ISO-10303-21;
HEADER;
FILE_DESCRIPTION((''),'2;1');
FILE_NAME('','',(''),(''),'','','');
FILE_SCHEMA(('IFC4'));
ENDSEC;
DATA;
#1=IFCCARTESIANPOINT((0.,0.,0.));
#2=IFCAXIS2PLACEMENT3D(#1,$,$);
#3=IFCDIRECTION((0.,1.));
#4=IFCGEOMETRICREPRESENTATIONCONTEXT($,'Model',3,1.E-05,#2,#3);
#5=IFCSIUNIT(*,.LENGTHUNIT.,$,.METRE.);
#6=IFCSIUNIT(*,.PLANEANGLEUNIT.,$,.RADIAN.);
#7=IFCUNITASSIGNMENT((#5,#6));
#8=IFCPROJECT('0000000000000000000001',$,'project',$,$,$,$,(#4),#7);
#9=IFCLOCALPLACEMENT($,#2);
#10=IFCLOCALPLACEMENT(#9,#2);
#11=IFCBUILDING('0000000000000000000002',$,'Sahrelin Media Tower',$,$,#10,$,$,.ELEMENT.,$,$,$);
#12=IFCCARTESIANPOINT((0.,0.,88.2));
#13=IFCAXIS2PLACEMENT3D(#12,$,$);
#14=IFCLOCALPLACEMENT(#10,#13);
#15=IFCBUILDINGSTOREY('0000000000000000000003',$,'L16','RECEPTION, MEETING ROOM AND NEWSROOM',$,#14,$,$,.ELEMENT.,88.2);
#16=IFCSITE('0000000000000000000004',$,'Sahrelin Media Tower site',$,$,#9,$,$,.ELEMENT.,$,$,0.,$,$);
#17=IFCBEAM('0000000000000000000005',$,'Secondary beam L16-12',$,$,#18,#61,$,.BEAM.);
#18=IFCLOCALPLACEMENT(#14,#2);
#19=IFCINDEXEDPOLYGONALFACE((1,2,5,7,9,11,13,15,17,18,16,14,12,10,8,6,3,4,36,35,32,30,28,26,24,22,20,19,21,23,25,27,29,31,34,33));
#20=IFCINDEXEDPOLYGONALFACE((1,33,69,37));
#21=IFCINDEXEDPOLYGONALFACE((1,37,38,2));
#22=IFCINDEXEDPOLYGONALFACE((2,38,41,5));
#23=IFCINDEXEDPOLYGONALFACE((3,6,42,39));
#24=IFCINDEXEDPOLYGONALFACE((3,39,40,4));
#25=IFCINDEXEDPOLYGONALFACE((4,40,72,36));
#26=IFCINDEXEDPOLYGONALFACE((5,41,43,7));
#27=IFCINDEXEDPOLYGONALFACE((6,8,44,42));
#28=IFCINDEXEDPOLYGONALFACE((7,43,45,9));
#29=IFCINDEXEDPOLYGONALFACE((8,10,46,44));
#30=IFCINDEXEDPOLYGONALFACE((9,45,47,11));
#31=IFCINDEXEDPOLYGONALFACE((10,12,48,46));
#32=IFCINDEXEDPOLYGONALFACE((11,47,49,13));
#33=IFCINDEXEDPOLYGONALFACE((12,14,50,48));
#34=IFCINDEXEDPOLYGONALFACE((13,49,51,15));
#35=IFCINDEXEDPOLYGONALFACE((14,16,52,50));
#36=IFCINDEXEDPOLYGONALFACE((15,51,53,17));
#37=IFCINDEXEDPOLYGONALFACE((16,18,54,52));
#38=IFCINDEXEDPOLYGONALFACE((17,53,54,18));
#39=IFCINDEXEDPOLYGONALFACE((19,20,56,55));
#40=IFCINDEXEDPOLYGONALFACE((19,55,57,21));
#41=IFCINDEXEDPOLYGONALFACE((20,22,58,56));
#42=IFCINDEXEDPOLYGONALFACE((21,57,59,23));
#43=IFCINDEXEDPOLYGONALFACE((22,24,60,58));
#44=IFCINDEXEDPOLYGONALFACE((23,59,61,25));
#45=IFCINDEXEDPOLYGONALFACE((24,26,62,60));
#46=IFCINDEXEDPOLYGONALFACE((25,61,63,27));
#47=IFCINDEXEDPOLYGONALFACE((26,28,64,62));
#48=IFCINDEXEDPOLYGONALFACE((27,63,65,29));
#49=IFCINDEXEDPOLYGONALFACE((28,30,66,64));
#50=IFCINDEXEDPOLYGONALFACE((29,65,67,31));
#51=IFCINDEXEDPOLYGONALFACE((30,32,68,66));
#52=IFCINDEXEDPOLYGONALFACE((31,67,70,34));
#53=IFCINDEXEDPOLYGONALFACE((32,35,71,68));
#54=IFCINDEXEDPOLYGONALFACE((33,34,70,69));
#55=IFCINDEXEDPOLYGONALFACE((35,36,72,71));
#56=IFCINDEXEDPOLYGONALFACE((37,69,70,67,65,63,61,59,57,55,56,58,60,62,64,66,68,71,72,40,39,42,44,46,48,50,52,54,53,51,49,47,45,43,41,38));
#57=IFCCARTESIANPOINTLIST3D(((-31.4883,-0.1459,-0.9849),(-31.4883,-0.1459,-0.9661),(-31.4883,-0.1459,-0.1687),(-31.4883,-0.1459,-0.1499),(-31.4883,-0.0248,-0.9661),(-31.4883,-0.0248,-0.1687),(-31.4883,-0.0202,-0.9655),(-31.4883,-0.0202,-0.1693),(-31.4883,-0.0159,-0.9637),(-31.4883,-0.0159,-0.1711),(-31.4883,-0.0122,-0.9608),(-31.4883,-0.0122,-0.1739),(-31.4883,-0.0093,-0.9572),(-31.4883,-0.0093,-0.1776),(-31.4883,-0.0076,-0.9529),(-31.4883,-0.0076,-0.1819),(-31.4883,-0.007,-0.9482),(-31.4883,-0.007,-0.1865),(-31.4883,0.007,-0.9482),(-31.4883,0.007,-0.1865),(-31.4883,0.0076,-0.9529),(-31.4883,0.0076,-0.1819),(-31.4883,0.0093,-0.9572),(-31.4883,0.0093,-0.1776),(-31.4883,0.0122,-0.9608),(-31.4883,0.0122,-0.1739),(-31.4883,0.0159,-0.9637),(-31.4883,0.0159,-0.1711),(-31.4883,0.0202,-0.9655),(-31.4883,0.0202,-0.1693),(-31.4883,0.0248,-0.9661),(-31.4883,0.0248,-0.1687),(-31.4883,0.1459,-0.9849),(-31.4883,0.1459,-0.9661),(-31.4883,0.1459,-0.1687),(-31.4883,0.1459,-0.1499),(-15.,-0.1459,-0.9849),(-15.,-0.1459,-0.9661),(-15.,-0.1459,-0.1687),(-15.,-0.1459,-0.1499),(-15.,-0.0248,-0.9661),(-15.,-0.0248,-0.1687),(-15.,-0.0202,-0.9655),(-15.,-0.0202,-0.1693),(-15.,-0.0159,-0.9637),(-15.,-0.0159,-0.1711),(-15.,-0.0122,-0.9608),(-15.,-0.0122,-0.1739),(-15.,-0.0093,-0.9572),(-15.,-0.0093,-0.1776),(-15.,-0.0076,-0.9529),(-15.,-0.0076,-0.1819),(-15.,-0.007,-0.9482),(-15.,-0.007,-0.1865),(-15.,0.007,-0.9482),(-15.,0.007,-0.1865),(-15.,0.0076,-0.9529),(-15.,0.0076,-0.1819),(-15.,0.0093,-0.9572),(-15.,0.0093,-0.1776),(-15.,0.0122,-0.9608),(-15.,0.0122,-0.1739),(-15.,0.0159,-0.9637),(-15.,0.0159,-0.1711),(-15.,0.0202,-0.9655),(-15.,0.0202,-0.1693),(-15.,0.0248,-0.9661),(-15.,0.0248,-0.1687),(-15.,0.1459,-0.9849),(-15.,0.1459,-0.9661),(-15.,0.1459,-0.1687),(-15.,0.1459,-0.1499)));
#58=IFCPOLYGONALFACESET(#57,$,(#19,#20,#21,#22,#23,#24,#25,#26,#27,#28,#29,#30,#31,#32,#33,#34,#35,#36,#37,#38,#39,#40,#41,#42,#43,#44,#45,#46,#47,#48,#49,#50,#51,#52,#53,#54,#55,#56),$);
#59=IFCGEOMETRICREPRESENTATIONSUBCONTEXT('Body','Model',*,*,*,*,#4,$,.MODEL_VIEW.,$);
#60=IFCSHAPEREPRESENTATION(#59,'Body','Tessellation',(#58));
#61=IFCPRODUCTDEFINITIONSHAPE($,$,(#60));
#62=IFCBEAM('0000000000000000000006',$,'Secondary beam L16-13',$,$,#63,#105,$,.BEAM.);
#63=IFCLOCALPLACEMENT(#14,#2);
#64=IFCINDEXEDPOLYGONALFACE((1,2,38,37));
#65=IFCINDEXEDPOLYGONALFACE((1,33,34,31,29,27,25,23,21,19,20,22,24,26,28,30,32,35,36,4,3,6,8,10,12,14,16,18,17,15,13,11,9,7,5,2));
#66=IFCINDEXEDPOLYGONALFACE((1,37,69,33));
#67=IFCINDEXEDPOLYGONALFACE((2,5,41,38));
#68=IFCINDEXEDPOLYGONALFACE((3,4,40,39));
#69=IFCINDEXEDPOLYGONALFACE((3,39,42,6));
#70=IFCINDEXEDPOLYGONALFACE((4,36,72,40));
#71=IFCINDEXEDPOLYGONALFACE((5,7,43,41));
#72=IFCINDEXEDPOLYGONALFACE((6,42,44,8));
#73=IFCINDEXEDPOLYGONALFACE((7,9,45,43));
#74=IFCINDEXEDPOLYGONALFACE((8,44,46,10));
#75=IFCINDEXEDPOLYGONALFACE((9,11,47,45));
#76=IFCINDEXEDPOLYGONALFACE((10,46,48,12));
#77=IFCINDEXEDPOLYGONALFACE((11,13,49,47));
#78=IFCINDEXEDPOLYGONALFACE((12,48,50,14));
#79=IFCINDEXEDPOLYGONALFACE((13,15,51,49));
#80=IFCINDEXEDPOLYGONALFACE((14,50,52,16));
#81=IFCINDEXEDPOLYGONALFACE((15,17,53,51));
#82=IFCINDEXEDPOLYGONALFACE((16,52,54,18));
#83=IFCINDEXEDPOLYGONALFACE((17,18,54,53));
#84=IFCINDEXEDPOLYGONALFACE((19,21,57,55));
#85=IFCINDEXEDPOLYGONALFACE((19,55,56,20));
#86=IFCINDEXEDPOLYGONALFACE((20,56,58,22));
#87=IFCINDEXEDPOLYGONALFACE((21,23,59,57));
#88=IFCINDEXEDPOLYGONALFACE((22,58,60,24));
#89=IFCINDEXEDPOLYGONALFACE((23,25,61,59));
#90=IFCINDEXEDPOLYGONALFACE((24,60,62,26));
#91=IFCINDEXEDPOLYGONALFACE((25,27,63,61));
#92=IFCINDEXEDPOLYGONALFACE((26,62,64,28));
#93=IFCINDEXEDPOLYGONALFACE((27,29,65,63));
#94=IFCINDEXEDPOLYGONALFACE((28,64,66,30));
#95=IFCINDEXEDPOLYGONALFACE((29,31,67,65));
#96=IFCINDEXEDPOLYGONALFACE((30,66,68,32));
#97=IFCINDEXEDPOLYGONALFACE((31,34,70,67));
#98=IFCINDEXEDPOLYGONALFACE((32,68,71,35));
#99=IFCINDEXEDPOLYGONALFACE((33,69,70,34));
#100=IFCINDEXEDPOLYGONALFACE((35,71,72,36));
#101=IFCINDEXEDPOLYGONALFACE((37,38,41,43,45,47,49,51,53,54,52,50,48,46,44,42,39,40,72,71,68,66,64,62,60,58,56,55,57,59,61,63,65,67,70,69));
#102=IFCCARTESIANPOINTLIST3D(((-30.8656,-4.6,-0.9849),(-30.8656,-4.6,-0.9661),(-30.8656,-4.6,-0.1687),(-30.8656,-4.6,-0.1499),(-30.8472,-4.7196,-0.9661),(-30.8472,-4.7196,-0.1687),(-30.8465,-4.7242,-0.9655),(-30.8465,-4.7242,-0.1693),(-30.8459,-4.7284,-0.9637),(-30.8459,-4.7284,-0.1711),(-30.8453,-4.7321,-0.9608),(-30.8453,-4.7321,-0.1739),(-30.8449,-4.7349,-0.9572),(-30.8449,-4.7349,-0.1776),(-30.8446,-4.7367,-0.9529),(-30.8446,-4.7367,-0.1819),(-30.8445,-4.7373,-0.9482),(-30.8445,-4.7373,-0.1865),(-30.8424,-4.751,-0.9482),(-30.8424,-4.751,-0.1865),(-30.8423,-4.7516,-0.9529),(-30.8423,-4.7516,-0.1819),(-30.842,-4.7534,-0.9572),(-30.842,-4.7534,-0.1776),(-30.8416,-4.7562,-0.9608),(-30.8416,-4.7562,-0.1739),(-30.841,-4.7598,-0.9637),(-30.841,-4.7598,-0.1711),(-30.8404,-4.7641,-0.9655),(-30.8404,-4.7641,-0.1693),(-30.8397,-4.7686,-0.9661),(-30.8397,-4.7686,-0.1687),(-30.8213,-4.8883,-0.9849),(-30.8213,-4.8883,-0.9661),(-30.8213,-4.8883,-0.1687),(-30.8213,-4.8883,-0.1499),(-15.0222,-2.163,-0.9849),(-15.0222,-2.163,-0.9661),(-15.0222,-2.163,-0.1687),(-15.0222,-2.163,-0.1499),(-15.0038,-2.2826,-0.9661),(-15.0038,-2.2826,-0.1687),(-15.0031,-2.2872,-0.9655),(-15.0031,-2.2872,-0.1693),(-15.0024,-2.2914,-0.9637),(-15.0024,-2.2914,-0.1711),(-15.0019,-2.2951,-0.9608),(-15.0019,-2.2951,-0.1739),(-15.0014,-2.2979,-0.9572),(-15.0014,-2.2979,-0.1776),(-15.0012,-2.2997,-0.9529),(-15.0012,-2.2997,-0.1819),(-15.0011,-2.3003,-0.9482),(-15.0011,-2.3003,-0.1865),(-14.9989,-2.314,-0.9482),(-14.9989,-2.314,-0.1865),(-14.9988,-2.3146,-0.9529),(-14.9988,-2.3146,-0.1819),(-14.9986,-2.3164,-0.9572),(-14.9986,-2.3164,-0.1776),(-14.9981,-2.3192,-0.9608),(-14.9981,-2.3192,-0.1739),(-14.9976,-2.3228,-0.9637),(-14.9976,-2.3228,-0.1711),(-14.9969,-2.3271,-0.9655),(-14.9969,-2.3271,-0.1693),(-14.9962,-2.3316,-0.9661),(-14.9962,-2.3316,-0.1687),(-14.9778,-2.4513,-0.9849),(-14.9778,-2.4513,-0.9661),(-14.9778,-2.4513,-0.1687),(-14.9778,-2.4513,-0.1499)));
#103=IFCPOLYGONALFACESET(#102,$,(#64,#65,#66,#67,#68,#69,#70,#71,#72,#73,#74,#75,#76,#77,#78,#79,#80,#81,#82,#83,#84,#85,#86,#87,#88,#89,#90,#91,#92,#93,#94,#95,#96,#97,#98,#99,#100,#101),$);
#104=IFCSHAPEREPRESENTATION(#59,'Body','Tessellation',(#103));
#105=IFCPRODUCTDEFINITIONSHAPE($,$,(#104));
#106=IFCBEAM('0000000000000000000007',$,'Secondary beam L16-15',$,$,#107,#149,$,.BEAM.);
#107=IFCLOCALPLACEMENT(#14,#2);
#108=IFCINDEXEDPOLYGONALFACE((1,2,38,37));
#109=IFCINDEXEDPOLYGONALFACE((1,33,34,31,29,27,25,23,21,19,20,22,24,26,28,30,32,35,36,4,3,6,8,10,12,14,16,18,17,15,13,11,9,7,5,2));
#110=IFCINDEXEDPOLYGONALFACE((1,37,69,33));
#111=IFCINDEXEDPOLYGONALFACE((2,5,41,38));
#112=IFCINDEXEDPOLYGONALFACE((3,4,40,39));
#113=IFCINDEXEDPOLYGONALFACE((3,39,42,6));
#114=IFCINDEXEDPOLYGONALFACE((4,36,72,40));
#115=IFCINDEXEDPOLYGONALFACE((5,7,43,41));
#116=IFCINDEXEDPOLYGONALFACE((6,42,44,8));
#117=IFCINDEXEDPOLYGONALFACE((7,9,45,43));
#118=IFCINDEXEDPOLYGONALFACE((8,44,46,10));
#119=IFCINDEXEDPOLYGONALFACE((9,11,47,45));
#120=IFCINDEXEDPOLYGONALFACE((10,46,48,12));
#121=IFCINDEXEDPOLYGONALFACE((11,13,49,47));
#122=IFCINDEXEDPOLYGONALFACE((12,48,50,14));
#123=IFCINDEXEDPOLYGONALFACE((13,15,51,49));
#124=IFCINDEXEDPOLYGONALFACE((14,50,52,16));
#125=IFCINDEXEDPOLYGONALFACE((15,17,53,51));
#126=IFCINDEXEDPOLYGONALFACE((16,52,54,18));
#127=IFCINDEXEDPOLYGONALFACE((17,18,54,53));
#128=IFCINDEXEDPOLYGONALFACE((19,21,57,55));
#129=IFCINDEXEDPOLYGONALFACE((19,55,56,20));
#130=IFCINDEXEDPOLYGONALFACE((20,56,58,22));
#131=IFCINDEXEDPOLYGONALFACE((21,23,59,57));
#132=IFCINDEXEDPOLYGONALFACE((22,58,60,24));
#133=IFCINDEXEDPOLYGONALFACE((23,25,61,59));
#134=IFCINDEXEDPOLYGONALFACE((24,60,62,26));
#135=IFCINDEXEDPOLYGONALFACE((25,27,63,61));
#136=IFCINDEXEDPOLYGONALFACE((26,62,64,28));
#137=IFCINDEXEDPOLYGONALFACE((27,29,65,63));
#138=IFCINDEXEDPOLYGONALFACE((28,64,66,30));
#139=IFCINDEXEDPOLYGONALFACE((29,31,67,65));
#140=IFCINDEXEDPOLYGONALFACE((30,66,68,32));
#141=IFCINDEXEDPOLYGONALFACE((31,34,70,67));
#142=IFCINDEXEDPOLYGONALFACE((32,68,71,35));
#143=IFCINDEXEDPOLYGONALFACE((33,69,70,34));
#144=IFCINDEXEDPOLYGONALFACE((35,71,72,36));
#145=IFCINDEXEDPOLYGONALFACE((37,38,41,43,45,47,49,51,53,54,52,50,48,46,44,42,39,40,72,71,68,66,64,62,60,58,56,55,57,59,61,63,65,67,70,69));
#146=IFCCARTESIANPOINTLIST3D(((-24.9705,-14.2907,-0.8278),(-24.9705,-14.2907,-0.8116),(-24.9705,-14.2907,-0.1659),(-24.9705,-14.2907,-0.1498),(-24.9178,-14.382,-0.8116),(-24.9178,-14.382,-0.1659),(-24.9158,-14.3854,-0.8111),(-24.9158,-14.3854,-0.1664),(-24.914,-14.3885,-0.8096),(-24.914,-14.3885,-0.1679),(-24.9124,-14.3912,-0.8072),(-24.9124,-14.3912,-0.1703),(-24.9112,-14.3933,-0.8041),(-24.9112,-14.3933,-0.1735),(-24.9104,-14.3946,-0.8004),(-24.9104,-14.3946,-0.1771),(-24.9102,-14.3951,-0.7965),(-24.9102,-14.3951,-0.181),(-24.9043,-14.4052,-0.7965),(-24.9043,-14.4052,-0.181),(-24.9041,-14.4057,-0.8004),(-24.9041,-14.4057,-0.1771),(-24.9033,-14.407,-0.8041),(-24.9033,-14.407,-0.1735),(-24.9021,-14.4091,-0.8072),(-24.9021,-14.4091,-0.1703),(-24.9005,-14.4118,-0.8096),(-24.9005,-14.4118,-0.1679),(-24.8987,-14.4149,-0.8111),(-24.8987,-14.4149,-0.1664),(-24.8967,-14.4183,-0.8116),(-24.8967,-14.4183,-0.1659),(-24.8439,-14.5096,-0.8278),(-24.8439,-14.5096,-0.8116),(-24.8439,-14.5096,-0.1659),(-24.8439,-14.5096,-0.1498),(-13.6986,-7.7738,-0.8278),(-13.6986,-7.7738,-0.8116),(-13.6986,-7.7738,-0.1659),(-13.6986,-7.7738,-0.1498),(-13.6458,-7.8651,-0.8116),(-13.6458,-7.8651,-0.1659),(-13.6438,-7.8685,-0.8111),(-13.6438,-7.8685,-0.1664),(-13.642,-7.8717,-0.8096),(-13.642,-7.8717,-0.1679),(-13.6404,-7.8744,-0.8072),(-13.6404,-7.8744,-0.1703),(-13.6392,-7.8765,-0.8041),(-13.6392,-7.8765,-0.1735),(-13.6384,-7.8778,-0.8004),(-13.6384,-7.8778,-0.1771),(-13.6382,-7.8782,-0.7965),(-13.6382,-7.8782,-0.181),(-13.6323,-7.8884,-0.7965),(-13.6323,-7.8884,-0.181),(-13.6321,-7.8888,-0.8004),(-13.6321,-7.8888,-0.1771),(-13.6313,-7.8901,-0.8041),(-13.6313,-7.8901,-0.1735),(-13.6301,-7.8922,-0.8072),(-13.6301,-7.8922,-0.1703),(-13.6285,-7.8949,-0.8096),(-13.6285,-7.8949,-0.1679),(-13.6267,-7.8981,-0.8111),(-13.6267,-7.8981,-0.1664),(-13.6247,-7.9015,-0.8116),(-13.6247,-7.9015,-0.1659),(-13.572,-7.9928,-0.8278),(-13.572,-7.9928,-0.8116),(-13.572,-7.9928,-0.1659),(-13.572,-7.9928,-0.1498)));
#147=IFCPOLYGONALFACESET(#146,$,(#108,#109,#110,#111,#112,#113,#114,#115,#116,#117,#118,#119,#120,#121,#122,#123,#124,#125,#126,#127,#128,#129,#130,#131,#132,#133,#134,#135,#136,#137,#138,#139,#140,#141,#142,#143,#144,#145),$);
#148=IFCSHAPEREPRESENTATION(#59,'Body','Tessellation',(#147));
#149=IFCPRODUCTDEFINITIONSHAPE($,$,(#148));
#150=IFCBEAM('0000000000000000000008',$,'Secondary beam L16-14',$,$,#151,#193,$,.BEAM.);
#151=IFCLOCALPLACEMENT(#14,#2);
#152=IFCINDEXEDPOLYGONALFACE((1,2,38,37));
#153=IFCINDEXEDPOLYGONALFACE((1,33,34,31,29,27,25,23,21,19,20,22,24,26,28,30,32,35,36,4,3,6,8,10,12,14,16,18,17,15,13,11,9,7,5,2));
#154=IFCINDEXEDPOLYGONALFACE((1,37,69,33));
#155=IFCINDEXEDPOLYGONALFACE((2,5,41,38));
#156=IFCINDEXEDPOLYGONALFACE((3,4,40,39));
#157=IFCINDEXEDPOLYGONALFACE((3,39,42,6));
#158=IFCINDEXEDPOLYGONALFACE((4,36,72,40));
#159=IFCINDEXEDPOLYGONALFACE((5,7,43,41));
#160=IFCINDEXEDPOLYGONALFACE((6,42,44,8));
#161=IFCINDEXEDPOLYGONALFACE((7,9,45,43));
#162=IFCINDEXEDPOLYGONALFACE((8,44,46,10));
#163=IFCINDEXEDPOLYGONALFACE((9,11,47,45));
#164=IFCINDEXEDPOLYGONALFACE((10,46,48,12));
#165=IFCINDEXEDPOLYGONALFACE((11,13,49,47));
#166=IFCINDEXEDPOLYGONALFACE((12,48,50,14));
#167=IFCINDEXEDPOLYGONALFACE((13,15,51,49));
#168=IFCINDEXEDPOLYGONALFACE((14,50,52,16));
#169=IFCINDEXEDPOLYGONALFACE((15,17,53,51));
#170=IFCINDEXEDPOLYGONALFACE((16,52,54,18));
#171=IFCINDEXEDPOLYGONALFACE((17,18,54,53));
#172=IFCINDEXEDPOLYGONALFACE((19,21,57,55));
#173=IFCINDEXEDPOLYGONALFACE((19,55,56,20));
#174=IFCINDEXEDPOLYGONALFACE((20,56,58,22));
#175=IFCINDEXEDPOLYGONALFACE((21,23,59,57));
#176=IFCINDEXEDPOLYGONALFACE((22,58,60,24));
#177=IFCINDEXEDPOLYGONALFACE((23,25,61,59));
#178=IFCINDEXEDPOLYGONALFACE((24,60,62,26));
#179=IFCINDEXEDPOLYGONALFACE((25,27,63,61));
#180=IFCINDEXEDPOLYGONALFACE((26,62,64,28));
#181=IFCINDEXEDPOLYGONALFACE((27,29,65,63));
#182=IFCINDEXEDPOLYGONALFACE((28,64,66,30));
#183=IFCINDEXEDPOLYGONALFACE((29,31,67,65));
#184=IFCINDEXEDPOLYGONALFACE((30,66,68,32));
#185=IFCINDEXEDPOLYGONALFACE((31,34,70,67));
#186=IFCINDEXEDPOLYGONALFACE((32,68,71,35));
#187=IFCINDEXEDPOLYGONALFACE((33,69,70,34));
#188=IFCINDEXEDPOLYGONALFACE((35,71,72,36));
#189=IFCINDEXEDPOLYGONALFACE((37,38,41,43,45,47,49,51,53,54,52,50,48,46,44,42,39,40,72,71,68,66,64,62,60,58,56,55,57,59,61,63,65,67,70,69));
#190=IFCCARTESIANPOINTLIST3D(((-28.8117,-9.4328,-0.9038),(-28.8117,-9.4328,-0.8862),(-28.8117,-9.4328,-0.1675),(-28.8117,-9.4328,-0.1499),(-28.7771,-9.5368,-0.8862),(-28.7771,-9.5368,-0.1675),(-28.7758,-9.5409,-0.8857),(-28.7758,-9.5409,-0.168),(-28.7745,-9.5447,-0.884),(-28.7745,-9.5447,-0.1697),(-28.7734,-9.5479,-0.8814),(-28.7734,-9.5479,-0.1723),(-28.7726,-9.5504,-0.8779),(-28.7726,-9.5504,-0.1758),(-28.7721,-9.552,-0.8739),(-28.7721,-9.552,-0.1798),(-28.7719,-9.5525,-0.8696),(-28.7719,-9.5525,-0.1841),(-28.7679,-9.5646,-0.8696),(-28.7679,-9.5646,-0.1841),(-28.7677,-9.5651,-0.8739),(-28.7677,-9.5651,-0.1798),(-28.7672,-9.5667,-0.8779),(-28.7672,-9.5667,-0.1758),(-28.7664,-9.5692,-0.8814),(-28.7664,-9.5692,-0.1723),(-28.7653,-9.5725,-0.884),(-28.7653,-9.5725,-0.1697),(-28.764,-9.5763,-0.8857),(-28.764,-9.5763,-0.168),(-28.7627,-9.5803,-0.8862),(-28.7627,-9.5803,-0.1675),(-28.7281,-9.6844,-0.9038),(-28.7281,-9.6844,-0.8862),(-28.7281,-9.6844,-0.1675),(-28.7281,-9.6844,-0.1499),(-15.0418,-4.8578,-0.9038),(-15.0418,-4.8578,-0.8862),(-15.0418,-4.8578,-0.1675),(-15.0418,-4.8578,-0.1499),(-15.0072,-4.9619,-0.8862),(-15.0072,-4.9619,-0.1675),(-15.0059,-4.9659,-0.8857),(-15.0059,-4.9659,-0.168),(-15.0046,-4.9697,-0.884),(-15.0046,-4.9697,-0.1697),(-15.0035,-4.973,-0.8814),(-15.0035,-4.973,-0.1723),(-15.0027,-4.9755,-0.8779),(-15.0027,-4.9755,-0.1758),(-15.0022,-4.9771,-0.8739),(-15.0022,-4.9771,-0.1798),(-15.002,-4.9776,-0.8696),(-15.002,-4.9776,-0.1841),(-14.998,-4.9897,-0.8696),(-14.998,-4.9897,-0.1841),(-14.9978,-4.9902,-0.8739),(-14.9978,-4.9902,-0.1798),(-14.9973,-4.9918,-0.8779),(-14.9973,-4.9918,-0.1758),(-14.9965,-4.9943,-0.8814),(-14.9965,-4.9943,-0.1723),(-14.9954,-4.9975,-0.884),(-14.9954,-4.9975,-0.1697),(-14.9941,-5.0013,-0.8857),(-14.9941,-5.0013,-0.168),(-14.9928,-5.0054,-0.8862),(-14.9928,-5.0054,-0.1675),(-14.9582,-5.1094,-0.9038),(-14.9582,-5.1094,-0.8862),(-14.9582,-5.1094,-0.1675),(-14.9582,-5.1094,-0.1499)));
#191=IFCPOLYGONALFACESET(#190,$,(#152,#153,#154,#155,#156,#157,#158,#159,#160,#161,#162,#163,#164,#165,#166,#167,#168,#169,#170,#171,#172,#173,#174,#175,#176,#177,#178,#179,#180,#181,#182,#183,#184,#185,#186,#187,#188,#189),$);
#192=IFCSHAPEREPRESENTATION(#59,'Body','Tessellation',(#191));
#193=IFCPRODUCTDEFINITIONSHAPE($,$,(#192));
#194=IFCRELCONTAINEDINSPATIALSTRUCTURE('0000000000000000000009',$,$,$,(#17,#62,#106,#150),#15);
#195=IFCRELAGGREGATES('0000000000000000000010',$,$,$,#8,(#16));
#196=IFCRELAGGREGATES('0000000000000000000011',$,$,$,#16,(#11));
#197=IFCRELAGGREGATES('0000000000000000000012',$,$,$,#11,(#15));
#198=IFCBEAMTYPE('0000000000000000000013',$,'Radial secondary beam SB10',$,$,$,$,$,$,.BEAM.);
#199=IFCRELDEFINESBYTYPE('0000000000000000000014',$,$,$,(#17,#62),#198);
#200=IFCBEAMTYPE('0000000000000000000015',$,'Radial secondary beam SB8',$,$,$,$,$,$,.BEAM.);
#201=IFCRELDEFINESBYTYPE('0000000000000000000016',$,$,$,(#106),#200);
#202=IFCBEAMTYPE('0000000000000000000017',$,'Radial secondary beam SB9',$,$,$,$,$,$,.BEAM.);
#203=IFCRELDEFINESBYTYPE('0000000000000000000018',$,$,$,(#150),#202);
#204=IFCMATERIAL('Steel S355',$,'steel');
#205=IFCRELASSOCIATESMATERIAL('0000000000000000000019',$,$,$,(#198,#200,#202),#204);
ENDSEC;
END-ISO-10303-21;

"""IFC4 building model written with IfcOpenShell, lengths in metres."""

from ifc_helpers import new_model, si_unit, direction, frame, origin, origin_2d, place, context, subcontext, project, spatial, i_section, extrude, material, material_profile, profile_set, type_object, element, save


model = new_model("IFC4")

# Units and contexts
model_context = context("Model", 3, precision=1e-05, world=origin(), true_north=direction((0.0, 1.0)))
body_context = subcontext(model_context, "Body", "Model", "MODEL_VIEW")
ifc_project = project(units=[si_unit("LENGTHUNIT", "METRE"), si_unit("PLANEANGLEUNIT", "RADIAN")], contexts=[model_context])

# Site, building, storey
site_placement = place(None, origin())
site = spatial("IfcSite", under=ifc_project, at=site_placement, Name="Sahrelin Media Tower site", CompositionType="ELEMENT", RefElevation=0.0)
building_placement = place(site_placement, origin())
building = spatial("IfcBuilding", under=site, at=building_placement, Name="Sahrelin Media Tower", CompositionType="ELEMENT")
storey_placement = place(building_placement, frame((0.0, 0.0, 88.2)))
storey = spatial("IfcBuildingStorey", under=building, at=storey_placement, Name="L16", Description="RECEPTION, MEETING ROOM AND NEWSROOM", CompositionType="ELEMENT", Elevation=88.2)

# Beams
ifc_material_1 = material(Name="Steel S355", Category="steel")
ifc_material_profile_1 = material_profile(ifc_material_1, i_section(OverallWidth=0.2917, OverallDepth=0.835, WebThickness=0.0139, FlangeThickness=0.0188, FilletRadius=0.0178, at=origin_2d()), Name="UB 838x292x176")
ifc_profile_set_1 = profile_set([ifc_material_profile_1], Name="Steel S355")
beam_type_1 = type_object("IfcBeamType", Name="Radial secondary beam SB10", PredefinedType="BEAM", material=ifc_profile_set_1)
beam_1_placement = place(storey_placement, frame((-15.0, 0.0, -0.5674), z_axis=(-1.0, 0.0, 0.0), x_axis=(0.0, -1.0, 0.0)))
element("IfcBeam", 1, at=beam_1_placement, inside=storey, type_object=beam_type_1, Name="Secondary beam L16-12", PredefinedType="BEAM", context=body_context, shape_type="SweptSolid", body=[
    extrude(i_section(OverallWidth=0.2917, OverallDepth=0.835, WebThickness=0.0139, FlangeThickness=0.0188, FilletRadius=0.0178, at=origin_2d()), origin(), (0.0, 0.0, 1.0), 16.4883),
])
beam_2_placement = place(storey_placement, frame((-15.0, -2.3071, -0.5674), z_axis=(-0.988376, -0.15203, 0.0), x_axis=(0.15203, -0.988376, 0.0)))
element("IfcBeam", 2, at=beam_2_placement, inside=storey, type_object=beam_type_1, Name="Secondary beam L16-13", PredefinedType="BEAM", context=body_context, shape_type="SweptSolid", body=[
    extrude(i_section(OverallWidth=0.2917, OverallDepth=0.835, WebThickness=0.0139, FlangeThickness=0.0188, FilletRadius=0.0178, at=origin_2d()), origin(), (0.0, 0.0, 1.0), 16.0298),
])
ifc_material_profile_2 = material_profile(ifc_material_1, i_section(OverallWidth=0.2529, OverallDepth=0.678, WebThickness=0.0117, FlangeThickness=0.0161, FilletRadius=0.0151, at=origin_2d()), Name="UB 686x254x125")
ifc_profile_set_2 = profile_set([ifc_material_profile_2], Name="Steel S355")
beam_type_2 = type_object("IfcBeamType", Name="Radial secondary beam SB8", PredefinedType="BEAM", material=ifc_profile_set_2)
beam_3_placement = place(storey_placement, frame((-13.6353, -7.8833, -0.4888), z_axis=(-0.865727, -0.500517, 0.0), x_axis=(0.500517, -0.865727, 0.0)))
element("IfcBeam", 3, at=beam_3_placement, inside=storey, type_object=beam_type_2, Name="Secondary beam L16-15", PredefinedType="BEAM", context=body_context, shape_type="SweptSolid", body=[
    extrude(i_section(OverallWidth=0.2529, OverallDepth=0.678, WebThickness=0.0117, FlangeThickness=0.0161, FilletRadius=0.0151, at=origin_2d()), origin(), (0.0, 0.0, 1.0), 13.0203),
])
ifc_material_profile_3 = material_profile(ifc_material_1, i_section(OverallWidth=0.2651, OverallDepth=0.7539, WebThickness=0.0127, FlangeThickness=0.0176, FilletRadius=0.0166, at=origin_2d()), Name="UB 762x267x147")
ifc_profile_set_3 = profile_set([ifc_material_profile_3], Name="Steel S355")
beam_type_3 = type_object("IfcBeamType", Name="Radial secondary beam SB9", PredefinedType="BEAM", material=ifc_profile_set_3)
beam_4_placement = place(storey_placement, frame((-15.0, -4.9836, -0.5269), z_axis=(-0.948994, -0.315294, 0.0), x_axis=(0.315294, -0.948994, 0.0)))
element("IfcBeam", 4, at=beam_4_placement, inside=storey, type_object=beam_type_3, Name="Secondary beam L16-14", PredefinedType="BEAM", context=body_context, shape_type="SweptSolid", body=[
    extrude(i_section(OverallWidth=0.2651, OverallDepth=0.7539, WebThickness=0.0127, FlangeThickness=0.0176, FilletRadius=0.0166, at=origin_2d()), origin(), (0.0, 0.0, 1.0), 14.51),
])

save(model, "model.ifc")
